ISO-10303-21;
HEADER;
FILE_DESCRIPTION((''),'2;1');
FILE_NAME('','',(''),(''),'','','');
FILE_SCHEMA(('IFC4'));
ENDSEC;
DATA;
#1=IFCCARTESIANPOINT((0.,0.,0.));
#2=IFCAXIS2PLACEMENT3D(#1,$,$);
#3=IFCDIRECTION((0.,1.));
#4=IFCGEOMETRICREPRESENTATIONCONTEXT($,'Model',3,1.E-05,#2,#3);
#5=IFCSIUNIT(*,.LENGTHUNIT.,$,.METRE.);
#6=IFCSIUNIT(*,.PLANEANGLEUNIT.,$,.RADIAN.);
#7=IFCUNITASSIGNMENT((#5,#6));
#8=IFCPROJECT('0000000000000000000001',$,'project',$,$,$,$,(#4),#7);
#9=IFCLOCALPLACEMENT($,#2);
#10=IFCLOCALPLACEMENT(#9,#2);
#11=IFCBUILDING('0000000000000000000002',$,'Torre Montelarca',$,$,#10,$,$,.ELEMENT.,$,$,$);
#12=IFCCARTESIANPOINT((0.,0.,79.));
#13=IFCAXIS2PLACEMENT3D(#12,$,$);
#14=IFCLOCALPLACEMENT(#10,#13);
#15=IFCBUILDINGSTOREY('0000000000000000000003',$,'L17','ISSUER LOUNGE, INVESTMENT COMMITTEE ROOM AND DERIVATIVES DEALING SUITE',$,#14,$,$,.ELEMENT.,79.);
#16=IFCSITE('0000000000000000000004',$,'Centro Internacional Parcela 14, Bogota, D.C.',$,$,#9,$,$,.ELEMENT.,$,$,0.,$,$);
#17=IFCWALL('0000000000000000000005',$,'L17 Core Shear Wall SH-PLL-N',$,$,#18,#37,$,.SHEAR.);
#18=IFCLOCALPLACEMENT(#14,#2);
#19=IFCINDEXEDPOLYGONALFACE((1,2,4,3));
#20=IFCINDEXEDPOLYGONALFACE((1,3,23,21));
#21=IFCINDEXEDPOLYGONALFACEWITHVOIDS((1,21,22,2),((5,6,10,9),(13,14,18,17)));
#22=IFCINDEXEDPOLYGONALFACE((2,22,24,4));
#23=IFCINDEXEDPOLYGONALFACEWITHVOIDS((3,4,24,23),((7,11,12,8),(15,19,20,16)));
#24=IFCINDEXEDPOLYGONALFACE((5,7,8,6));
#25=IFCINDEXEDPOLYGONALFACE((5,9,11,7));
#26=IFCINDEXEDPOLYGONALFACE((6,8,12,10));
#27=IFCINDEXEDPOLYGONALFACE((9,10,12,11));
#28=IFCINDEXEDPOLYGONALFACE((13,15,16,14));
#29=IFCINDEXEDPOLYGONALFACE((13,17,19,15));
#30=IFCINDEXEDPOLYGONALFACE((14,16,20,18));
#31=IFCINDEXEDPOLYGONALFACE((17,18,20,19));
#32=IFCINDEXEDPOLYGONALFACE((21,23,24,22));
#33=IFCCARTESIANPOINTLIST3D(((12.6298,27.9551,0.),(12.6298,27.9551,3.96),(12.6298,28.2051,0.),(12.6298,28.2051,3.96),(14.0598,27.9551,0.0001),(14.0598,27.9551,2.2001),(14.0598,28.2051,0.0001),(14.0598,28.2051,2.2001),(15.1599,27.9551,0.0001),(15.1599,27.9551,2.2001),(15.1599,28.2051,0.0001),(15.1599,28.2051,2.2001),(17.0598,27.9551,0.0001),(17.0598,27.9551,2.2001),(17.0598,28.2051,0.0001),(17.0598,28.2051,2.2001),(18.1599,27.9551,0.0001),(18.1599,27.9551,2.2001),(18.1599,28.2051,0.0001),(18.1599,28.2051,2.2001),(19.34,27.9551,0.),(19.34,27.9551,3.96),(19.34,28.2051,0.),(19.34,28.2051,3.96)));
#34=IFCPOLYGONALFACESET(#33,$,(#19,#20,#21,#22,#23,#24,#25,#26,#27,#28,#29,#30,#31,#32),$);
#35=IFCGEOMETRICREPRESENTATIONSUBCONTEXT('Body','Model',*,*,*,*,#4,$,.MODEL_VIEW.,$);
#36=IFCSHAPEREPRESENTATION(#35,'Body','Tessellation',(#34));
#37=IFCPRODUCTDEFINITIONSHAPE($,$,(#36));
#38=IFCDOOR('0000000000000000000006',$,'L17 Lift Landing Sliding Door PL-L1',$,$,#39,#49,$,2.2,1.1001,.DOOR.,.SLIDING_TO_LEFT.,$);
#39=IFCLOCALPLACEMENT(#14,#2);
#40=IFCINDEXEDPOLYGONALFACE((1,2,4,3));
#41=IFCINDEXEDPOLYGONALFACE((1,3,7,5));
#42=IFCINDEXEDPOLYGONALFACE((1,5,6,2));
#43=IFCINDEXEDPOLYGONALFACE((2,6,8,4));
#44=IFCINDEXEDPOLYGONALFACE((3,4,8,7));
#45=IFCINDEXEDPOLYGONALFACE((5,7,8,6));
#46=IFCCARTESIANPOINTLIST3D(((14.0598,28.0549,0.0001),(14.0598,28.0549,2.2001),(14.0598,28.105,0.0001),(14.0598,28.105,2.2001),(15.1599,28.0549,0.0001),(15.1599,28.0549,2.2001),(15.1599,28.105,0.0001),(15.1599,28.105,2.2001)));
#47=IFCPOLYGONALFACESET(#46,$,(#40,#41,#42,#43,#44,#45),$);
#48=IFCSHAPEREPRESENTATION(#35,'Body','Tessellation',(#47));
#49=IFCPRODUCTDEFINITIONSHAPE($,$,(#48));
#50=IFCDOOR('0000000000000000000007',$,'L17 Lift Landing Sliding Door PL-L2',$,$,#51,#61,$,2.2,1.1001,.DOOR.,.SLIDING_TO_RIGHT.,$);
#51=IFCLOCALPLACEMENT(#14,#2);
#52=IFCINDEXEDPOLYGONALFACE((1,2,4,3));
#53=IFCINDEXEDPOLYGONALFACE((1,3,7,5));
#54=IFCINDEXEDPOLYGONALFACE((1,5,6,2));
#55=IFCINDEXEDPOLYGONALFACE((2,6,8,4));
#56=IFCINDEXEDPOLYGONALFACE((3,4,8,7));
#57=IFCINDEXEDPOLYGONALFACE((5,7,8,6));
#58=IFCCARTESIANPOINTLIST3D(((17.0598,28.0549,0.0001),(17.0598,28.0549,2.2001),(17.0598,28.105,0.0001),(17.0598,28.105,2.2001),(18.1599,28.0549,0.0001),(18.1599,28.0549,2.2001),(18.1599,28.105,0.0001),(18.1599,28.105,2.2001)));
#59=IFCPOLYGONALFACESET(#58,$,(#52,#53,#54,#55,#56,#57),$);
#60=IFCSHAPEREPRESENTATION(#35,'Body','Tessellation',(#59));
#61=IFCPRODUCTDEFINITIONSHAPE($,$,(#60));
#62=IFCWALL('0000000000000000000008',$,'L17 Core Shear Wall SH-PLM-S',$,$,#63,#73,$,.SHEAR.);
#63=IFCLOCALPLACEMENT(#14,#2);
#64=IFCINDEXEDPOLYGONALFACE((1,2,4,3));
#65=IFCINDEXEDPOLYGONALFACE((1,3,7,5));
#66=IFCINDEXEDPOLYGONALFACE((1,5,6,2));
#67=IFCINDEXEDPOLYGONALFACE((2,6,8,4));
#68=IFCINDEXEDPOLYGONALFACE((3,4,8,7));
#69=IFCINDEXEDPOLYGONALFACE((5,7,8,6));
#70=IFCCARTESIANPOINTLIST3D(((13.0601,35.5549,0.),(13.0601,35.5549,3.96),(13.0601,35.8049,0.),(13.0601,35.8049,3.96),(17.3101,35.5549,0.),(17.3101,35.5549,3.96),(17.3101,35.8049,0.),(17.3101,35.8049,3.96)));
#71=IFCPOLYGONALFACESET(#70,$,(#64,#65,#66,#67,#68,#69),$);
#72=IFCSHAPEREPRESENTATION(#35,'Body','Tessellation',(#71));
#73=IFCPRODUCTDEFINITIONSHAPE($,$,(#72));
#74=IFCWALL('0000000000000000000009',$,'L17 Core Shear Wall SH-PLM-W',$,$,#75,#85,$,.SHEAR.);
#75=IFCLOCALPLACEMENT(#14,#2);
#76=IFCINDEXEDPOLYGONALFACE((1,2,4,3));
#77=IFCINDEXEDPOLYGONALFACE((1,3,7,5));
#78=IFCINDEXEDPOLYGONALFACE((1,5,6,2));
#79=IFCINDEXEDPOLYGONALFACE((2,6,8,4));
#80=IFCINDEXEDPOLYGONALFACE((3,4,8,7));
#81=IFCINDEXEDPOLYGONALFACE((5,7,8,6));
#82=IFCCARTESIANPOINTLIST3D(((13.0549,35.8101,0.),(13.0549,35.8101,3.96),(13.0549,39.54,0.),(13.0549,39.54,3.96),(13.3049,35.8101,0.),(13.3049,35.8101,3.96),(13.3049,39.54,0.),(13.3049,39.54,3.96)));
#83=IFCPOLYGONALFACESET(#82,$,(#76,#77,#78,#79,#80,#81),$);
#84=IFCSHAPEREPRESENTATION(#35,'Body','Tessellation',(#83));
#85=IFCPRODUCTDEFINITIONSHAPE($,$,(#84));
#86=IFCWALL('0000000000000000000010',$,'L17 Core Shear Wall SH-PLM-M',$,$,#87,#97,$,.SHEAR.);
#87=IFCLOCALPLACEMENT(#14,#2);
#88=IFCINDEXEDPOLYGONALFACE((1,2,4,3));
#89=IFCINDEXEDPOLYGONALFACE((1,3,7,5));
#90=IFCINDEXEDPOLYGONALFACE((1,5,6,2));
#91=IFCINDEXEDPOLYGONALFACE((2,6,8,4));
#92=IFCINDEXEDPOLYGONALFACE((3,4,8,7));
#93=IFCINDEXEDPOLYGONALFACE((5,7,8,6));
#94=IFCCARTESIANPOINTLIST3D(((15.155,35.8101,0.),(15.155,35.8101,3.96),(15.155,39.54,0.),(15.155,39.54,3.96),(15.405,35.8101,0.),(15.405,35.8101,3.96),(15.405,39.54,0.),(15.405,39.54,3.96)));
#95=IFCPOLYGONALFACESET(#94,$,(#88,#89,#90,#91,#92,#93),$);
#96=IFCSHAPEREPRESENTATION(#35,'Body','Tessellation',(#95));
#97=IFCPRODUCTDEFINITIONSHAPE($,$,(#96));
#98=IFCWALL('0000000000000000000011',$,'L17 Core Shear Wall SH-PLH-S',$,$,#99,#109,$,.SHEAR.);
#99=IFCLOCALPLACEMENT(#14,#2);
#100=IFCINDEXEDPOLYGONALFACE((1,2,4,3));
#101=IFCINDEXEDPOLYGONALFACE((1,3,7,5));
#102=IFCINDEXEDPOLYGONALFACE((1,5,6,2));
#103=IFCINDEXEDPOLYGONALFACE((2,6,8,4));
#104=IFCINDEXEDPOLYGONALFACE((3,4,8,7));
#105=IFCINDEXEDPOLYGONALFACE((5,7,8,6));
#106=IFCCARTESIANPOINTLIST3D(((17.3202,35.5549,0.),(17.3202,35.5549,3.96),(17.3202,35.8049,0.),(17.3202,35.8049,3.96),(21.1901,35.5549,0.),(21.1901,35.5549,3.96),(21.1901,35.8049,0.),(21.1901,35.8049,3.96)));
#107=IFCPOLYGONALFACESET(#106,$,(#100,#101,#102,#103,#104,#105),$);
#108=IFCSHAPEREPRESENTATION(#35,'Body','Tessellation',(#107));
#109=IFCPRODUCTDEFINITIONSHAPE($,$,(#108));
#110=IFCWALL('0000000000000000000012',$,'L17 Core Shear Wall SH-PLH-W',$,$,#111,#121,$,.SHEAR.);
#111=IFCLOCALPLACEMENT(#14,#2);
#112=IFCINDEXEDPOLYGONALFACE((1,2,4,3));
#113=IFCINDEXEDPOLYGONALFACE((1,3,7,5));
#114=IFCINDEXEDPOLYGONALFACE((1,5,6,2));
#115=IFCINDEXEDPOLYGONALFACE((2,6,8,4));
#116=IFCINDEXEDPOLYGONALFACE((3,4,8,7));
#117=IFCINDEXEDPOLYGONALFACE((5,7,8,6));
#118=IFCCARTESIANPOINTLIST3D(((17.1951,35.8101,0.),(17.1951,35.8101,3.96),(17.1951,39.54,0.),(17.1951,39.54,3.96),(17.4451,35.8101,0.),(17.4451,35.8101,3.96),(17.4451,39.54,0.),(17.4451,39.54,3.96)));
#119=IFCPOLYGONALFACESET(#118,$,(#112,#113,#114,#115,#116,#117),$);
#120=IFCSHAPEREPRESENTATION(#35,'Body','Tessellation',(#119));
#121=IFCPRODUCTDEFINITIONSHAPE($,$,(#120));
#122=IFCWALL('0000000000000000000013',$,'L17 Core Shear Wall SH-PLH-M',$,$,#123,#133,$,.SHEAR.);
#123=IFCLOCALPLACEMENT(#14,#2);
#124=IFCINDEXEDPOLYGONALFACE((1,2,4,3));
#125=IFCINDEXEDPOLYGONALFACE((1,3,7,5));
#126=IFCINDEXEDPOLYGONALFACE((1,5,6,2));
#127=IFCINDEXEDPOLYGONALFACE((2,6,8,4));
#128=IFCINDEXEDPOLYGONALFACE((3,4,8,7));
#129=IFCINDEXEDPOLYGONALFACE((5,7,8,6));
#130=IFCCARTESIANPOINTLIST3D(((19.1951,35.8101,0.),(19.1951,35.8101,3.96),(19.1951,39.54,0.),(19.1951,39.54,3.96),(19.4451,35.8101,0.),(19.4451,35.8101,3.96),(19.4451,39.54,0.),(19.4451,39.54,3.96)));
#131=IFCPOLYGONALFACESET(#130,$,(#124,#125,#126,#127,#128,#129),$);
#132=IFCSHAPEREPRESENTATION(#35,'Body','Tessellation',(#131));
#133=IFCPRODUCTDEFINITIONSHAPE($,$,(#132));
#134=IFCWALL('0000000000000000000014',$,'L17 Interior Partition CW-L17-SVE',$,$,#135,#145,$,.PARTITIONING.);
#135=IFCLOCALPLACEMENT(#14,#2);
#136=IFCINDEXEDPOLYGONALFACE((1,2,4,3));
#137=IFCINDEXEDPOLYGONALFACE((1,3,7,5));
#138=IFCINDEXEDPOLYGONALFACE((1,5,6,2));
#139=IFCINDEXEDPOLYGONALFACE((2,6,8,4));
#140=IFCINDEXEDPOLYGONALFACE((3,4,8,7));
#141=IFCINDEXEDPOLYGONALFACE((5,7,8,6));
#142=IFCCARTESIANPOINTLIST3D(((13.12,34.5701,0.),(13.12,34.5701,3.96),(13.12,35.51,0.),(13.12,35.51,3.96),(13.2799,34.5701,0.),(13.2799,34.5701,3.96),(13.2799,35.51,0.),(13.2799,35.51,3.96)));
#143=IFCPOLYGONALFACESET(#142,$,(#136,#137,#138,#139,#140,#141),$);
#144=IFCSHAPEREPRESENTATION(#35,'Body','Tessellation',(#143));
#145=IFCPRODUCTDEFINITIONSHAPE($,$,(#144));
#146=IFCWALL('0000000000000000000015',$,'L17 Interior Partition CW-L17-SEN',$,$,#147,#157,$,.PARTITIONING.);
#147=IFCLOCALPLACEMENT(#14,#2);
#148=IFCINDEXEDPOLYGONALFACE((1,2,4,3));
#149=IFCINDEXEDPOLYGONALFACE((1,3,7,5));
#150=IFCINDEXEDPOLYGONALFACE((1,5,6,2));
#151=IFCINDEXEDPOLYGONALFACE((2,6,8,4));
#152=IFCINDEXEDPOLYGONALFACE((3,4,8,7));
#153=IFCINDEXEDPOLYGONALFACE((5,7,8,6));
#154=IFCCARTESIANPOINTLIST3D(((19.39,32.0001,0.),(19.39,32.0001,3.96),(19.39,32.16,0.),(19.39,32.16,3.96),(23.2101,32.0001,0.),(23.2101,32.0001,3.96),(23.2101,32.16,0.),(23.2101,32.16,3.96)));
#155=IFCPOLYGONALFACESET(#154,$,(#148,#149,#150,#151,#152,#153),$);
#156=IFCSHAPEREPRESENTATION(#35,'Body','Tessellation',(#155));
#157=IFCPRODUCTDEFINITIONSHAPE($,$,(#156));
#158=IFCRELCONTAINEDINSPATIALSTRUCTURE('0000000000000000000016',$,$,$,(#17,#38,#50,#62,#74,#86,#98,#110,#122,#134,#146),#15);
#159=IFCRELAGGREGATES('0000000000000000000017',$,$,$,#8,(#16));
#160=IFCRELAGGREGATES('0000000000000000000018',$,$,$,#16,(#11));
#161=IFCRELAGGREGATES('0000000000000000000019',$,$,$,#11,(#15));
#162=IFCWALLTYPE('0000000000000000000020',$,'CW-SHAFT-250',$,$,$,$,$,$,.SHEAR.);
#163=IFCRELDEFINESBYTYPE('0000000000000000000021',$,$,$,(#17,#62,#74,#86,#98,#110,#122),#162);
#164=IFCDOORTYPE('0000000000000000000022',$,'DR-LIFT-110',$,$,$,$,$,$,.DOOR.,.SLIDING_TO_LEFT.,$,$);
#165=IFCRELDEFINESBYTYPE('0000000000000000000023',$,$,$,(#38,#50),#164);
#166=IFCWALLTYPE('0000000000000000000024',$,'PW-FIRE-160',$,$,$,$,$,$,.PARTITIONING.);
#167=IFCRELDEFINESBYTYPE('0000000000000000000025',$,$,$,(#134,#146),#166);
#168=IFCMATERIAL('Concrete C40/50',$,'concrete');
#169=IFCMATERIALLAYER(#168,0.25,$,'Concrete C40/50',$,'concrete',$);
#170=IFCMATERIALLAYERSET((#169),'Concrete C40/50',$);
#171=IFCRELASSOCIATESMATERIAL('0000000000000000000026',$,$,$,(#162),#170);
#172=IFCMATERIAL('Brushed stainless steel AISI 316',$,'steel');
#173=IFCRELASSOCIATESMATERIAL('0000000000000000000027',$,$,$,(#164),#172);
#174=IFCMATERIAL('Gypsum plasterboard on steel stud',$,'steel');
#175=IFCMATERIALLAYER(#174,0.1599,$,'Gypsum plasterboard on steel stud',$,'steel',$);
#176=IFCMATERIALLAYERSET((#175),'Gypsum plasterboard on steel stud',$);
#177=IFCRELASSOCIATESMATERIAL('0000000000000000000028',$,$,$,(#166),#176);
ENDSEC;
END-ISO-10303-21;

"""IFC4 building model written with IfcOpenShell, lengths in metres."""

from ifc_helpers import new_model, si_unit, direction, frame, frame_2d, origin, place, context, subcontext, project, spatial, rectangle, extrude, source, transform, mapped, material, layer, layer_set, type_object, element, fill, save


model = new_model("IFC4")

# Units and contexts
model_context = context("Model", 3, precision=1e-05, world=origin(), true_north=direction((0.0, 1.0)))
body_context = subcontext(model_context, "Body", "Model", "MODEL_VIEW")
ifc_project = project(units=[si_unit("LENGTHUNIT", "METRE"), si_unit("PLANEANGLEUNIT", "RADIAN")], contexts=[model_context])

# Site, building, storey
site_placement = place(None, origin())
site = spatial("IfcSite", under=ifc_project, at=site_placement, Name="Centro Internacional Parcela 14, Bogota, D.C.", CompositionType="ELEMENT", RefElevation=0.0)
building_placement = place(site_placement, origin())
building = spatial("IfcBuilding", under=site, at=building_placement, Name="Torre Montelarca", CompositionType="ELEMENT")
storey_placement = place(building_placement, frame((0.0, 0.0, 79.0)))
storey = spatial("IfcBuildingStorey", under=building, at=storey_placement, Name="L17", Description="ISSUER LOUNGE, INVESTMENT COMMITTEE ROOM AND DERIVATIVES DEALING SUITE", CompositionType="ELEMENT", Elevation=79.0)

# Shared definitions
ifc_material_1 = material(Name="Concrete C40/50", Category="concrete")
ifc_layer_1 = layer(ifc_material_1, 0.25, Name="Concrete C40/50", Category="concrete")
ifc_layer_set_1 = layer_set([ifc_layer_1], Name="Concrete C40/50")
wall_type_1 = type_object("IfcWallType", Name="CW-SHAFT-250", PredefinedType="SHEAR", material=ifc_layer_set_1)

# Wall, openings, doors
ifc_material_2 = material(Name="Brushed stainless steel AISI 316", Category="steel")
wall_1_placement = place(storey_placement, frame((12.6299, 28.0801, 0.0), z_axis=(0.0, 0.0, 1.0), x_axis=(1.0, 0.0, 0.0)))
wall_1 = element("IfcWall", 1, at=wall_1_placement, inside=storey, type_object=wall_type_1, Name="L17 Core Shear Wall SH-PLL-N", PredefinedType="SHEAR", context=body_context, shape_type="SweptSolid", body=[
    extrude(rectangle(XDim=6.7102, YDim=0.25, at=frame_2d((3.355, 0.0))), origin(), (0.0, 0.0, 1.0), 3.96),
])
opening_1_placement = place(wall_1_placement, frame((1.4299, 0.0, 0.0)))
opening_1 = element("IfcOpeningElement", 2, at=opening_1_placement, cuts=wall_1, PredefinedType="OPENING", context=body_context, shape_type="SweptSolid", body=[
    extrude(rectangle(XDim=1.1001, YDim=2.2, at=frame_2d((0.55, 1.1001))), frame((0.0, 0.135, 0.0), z_axis=(0.0, -1.0, 0.0), x_axis=(1.0, 0.0, 0.0)), (0.0, 0.0, 1.0), 0.27),
])
opening_2_placement = place(wall_1_placement, frame((4.4299, 0.0, 0.0)))
opening_2 = element("IfcOpeningElement", 3, at=opening_2_placement, cuts=wall_1, PredefinedType="OPENING", context=body_context, shape_type="SweptSolid", body=[
    extrude(rectangle(XDim=1.1001, YDim=2.2, at=frame_2d((0.55, 1.1001))), frame((0.0, 0.135, 0.0), z_axis=(0.0, -1.0, 0.0), x_axis=(1.0, 0.0, 0.0)), (0.0, 0.0, 1.0), 0.27),
])
door_type_1 = type_object("IfcDoorType", Name="DR-LIFT-110", OperationType="SLIDING_TO_LEFT", PredefinedType="DOOR", material=ifc_material_2)
shared_shape_1 = source(origin(), body_context, "Body", "SweptSolid", [
    extrude(rectangle(XDim=1.1001, YDim=2.2, at=frame_2d((0.55, 1.1001))), frame((0.0, 0.0249, 0.0), z_axis=(0.0, -1.0, 0.0), x_axis=(1.0, 0.0, 0.0)), (0.0, 0.0, 1.0), 0.05),
])
door_1_placement = place(opening_1_placement, origin())
door_1 = element("IfcDoor", 4, at=door_1_placement, inside=storey, type_object=door_type_1, Name="L17 Lift Landing Sliding Door PL-L1", OperationType="SLIDING_TO_LEFT", OverallHeight=2.2, OverallWidth=1.1001, PredefinedType="DOOR", context=body_context, shape_type="MappedRepresentation", body=[
    mapped(shared_shape_1, transform((0.0, 0.0, 0.0), scale=1.0)),
])
fill(opening_1, door_1)
door_2_placement = place(opening_2_placement, origin())
door_2 = element("IfcDoor", 5, at=door_2_placement, inside=storey, type_object=door_type_1, Name="L17 Lift Landing Sliding Door PL-L2", OperationType="SLIDING_TO_RIGHT", OverallHeight=2.2, OverallWidth=1.1001, PredefinedType="DOOR", context=body_context, shape_type="MappedRepresentation", body=[
    mapped(shared_shape_1, transform((0.0, 0.0, 0.0), scale=1.0)),
])
fill(opening_2, door_2)

# Walls
wall_2_placement = place(storey_placement, frame((13.0601, 35.6799, 0.0), z_axis=(0.0, 0.0, 1.0), x_axis=(1.0, 0.0, 0.0)))
element("IfcWall", 6, at=wall_2_placement, inside=storey, type_object=wall_type_1, Name="L17 Core Shear Wall SH-PLM-S", PredefinedType="SHEAR", context=body_context, shape_type="SweptSolid", body=[
    extrude(rectangle(XDim=4.25, YDim=0.25, at=frame_2d((2.125, 0.0))), origin(), (0.0, 0.0, 1.0), 3.96),
])
for number, where, z_axis, x_axis, name in (
    (7, (13.1799, 35.8101, 0.0), (0.0, 0.0, 1.0), (0.0, 1.0, 0.0), "L17 Core Shear Wall SH-PLM-W"),
    (8, (15.28, 35.8101, 0.0), (0.0, 0.0, 1.0), (0.0, 1.0, 0.0), "L17 Core Shear Wall SH-PLM-M"),
):
    element("IfcWall", number, at=place(storey_placement, frame(where, z_axis=z_axis, x_axis=x_axis)), inside=storey, type_object=wall_type_1, Name=name, PredefinedType="SHEAR", context=body_context, shape_type="SweptSolid", body=[
        extrude(rectangle(XDim=3.73, YDim=0.25, at=frame_2d((1.865, 0.0))), origin(), (0.0, 0.0, 1.0), 3.96),
    ])
wall_3_placement = place(storey_placement, frame((17.3201, 35.6799, 0.0), z_axis=(0.0, 0.0, 1.0), x_axis=(1.0, 0.0, 0.0)))
element("IfcWall", 9, at=wall_3_placement, inside=storey, type_object=wall_type_1, Name="L17 Core Shear Wall SH-PLH-S", PredefinedType="SHEAR", context=body_context, shape_type="SweptSolid", body=[
    extrude(rectangle(XDim=3.8699, YDim=0.25, at=frame_2d((1.9351, 0.0))), origin(), (0.0, 0.0, 1.0), 3.96),
])
for number, where, z_axis, x_axis, name in (
    (10, (17.3201, 35.8101, 0.0), (0.0, 0.0, 1.0), (0.0, 1.0, 0.0), "L17 Core Shear Wall SH-PLH-W"),
    (11, (19.3201, 35.8101, 0.0), (0.0, 0.0, 1.0), (0.0, 1.0, 0.0), "L17 Core Shear Wall SH-PLH-M"),
):
    element("IfcWall", number, at=place(storey_placement, frame(where, z_axis=z_axis, x_axis=x_axis)), inside=storey, type_object=wall_type_1, Name=name, PredefinedType="SHEAR", context=body_context, shape_type="SweptSolid", body=[
        extrude(rectangle(XDim=3.73, YDim=0.25, at=frame_2d((1.865, 0.0))), origin(), (0.0, 0.0, 1.0), 3.96),
    ])
ifc_material_3 = material(Name="Gypsum plasterboard on steel stud", Category="steel")
ifc_layer_2 = layer(ifc_material_3, 0.1599, Name="Gypsum plasterboard on steel stud", Category="steel")
ifc_layer_set_2 = layer_set([ifc_layer_2], Name="Gypsum plasterboard on steel stud")
wall_type_2 = type_object("IfcWallType", Name="PW-FIRE-160", PredefinedType="PARTITIONING", material=ifc_layer_set_2)
wall_4_placement = place(storey_placement, frame((13.2, 34.5701, 0.0), z_axis=(0.0, 0.0, 1.0), x_axis=(0.0, 1.0, 0.0)))
element("IfcWall", 12, at=wall_4_placement, inside=storey, type_object=wall_type_2, Name="L17 Interior Partition CW-L17-SVE", PredefinedType="PARTITIONING", context=body_context, shape_type="SweptSolid", body=[
    extrude(rectangle(XDim=0.9399, YDim=0.1599, at=frame_2d((0.47, 0.0))), origin(), (0.0, 0.0, 1.0), 3.96),
])
wall_5_placement = place(storey_placement, frame((19.3899, 32.0801, 0.0), z_axis=(0.0, 0.0, 1.0), x_axis=(1.0, 0.0, 0.0)))
element("IfcWall", 13, at=wall_5_placement, inside=storey, type_object=wall_type_2, Name="L17 Interior Partition CW-L17-SEN", PredefinedType="PARTITIONING", context=body_context, shape_type="SweptSolid", body=[
    extrude(rectangle(XDim=3.8201, YDim=0.1599, at=frame_2d((1.9102, 0.0))), origin(), (0.0, 0.0, 1.0), 3.96),
])

save(model, "model.ifc")
